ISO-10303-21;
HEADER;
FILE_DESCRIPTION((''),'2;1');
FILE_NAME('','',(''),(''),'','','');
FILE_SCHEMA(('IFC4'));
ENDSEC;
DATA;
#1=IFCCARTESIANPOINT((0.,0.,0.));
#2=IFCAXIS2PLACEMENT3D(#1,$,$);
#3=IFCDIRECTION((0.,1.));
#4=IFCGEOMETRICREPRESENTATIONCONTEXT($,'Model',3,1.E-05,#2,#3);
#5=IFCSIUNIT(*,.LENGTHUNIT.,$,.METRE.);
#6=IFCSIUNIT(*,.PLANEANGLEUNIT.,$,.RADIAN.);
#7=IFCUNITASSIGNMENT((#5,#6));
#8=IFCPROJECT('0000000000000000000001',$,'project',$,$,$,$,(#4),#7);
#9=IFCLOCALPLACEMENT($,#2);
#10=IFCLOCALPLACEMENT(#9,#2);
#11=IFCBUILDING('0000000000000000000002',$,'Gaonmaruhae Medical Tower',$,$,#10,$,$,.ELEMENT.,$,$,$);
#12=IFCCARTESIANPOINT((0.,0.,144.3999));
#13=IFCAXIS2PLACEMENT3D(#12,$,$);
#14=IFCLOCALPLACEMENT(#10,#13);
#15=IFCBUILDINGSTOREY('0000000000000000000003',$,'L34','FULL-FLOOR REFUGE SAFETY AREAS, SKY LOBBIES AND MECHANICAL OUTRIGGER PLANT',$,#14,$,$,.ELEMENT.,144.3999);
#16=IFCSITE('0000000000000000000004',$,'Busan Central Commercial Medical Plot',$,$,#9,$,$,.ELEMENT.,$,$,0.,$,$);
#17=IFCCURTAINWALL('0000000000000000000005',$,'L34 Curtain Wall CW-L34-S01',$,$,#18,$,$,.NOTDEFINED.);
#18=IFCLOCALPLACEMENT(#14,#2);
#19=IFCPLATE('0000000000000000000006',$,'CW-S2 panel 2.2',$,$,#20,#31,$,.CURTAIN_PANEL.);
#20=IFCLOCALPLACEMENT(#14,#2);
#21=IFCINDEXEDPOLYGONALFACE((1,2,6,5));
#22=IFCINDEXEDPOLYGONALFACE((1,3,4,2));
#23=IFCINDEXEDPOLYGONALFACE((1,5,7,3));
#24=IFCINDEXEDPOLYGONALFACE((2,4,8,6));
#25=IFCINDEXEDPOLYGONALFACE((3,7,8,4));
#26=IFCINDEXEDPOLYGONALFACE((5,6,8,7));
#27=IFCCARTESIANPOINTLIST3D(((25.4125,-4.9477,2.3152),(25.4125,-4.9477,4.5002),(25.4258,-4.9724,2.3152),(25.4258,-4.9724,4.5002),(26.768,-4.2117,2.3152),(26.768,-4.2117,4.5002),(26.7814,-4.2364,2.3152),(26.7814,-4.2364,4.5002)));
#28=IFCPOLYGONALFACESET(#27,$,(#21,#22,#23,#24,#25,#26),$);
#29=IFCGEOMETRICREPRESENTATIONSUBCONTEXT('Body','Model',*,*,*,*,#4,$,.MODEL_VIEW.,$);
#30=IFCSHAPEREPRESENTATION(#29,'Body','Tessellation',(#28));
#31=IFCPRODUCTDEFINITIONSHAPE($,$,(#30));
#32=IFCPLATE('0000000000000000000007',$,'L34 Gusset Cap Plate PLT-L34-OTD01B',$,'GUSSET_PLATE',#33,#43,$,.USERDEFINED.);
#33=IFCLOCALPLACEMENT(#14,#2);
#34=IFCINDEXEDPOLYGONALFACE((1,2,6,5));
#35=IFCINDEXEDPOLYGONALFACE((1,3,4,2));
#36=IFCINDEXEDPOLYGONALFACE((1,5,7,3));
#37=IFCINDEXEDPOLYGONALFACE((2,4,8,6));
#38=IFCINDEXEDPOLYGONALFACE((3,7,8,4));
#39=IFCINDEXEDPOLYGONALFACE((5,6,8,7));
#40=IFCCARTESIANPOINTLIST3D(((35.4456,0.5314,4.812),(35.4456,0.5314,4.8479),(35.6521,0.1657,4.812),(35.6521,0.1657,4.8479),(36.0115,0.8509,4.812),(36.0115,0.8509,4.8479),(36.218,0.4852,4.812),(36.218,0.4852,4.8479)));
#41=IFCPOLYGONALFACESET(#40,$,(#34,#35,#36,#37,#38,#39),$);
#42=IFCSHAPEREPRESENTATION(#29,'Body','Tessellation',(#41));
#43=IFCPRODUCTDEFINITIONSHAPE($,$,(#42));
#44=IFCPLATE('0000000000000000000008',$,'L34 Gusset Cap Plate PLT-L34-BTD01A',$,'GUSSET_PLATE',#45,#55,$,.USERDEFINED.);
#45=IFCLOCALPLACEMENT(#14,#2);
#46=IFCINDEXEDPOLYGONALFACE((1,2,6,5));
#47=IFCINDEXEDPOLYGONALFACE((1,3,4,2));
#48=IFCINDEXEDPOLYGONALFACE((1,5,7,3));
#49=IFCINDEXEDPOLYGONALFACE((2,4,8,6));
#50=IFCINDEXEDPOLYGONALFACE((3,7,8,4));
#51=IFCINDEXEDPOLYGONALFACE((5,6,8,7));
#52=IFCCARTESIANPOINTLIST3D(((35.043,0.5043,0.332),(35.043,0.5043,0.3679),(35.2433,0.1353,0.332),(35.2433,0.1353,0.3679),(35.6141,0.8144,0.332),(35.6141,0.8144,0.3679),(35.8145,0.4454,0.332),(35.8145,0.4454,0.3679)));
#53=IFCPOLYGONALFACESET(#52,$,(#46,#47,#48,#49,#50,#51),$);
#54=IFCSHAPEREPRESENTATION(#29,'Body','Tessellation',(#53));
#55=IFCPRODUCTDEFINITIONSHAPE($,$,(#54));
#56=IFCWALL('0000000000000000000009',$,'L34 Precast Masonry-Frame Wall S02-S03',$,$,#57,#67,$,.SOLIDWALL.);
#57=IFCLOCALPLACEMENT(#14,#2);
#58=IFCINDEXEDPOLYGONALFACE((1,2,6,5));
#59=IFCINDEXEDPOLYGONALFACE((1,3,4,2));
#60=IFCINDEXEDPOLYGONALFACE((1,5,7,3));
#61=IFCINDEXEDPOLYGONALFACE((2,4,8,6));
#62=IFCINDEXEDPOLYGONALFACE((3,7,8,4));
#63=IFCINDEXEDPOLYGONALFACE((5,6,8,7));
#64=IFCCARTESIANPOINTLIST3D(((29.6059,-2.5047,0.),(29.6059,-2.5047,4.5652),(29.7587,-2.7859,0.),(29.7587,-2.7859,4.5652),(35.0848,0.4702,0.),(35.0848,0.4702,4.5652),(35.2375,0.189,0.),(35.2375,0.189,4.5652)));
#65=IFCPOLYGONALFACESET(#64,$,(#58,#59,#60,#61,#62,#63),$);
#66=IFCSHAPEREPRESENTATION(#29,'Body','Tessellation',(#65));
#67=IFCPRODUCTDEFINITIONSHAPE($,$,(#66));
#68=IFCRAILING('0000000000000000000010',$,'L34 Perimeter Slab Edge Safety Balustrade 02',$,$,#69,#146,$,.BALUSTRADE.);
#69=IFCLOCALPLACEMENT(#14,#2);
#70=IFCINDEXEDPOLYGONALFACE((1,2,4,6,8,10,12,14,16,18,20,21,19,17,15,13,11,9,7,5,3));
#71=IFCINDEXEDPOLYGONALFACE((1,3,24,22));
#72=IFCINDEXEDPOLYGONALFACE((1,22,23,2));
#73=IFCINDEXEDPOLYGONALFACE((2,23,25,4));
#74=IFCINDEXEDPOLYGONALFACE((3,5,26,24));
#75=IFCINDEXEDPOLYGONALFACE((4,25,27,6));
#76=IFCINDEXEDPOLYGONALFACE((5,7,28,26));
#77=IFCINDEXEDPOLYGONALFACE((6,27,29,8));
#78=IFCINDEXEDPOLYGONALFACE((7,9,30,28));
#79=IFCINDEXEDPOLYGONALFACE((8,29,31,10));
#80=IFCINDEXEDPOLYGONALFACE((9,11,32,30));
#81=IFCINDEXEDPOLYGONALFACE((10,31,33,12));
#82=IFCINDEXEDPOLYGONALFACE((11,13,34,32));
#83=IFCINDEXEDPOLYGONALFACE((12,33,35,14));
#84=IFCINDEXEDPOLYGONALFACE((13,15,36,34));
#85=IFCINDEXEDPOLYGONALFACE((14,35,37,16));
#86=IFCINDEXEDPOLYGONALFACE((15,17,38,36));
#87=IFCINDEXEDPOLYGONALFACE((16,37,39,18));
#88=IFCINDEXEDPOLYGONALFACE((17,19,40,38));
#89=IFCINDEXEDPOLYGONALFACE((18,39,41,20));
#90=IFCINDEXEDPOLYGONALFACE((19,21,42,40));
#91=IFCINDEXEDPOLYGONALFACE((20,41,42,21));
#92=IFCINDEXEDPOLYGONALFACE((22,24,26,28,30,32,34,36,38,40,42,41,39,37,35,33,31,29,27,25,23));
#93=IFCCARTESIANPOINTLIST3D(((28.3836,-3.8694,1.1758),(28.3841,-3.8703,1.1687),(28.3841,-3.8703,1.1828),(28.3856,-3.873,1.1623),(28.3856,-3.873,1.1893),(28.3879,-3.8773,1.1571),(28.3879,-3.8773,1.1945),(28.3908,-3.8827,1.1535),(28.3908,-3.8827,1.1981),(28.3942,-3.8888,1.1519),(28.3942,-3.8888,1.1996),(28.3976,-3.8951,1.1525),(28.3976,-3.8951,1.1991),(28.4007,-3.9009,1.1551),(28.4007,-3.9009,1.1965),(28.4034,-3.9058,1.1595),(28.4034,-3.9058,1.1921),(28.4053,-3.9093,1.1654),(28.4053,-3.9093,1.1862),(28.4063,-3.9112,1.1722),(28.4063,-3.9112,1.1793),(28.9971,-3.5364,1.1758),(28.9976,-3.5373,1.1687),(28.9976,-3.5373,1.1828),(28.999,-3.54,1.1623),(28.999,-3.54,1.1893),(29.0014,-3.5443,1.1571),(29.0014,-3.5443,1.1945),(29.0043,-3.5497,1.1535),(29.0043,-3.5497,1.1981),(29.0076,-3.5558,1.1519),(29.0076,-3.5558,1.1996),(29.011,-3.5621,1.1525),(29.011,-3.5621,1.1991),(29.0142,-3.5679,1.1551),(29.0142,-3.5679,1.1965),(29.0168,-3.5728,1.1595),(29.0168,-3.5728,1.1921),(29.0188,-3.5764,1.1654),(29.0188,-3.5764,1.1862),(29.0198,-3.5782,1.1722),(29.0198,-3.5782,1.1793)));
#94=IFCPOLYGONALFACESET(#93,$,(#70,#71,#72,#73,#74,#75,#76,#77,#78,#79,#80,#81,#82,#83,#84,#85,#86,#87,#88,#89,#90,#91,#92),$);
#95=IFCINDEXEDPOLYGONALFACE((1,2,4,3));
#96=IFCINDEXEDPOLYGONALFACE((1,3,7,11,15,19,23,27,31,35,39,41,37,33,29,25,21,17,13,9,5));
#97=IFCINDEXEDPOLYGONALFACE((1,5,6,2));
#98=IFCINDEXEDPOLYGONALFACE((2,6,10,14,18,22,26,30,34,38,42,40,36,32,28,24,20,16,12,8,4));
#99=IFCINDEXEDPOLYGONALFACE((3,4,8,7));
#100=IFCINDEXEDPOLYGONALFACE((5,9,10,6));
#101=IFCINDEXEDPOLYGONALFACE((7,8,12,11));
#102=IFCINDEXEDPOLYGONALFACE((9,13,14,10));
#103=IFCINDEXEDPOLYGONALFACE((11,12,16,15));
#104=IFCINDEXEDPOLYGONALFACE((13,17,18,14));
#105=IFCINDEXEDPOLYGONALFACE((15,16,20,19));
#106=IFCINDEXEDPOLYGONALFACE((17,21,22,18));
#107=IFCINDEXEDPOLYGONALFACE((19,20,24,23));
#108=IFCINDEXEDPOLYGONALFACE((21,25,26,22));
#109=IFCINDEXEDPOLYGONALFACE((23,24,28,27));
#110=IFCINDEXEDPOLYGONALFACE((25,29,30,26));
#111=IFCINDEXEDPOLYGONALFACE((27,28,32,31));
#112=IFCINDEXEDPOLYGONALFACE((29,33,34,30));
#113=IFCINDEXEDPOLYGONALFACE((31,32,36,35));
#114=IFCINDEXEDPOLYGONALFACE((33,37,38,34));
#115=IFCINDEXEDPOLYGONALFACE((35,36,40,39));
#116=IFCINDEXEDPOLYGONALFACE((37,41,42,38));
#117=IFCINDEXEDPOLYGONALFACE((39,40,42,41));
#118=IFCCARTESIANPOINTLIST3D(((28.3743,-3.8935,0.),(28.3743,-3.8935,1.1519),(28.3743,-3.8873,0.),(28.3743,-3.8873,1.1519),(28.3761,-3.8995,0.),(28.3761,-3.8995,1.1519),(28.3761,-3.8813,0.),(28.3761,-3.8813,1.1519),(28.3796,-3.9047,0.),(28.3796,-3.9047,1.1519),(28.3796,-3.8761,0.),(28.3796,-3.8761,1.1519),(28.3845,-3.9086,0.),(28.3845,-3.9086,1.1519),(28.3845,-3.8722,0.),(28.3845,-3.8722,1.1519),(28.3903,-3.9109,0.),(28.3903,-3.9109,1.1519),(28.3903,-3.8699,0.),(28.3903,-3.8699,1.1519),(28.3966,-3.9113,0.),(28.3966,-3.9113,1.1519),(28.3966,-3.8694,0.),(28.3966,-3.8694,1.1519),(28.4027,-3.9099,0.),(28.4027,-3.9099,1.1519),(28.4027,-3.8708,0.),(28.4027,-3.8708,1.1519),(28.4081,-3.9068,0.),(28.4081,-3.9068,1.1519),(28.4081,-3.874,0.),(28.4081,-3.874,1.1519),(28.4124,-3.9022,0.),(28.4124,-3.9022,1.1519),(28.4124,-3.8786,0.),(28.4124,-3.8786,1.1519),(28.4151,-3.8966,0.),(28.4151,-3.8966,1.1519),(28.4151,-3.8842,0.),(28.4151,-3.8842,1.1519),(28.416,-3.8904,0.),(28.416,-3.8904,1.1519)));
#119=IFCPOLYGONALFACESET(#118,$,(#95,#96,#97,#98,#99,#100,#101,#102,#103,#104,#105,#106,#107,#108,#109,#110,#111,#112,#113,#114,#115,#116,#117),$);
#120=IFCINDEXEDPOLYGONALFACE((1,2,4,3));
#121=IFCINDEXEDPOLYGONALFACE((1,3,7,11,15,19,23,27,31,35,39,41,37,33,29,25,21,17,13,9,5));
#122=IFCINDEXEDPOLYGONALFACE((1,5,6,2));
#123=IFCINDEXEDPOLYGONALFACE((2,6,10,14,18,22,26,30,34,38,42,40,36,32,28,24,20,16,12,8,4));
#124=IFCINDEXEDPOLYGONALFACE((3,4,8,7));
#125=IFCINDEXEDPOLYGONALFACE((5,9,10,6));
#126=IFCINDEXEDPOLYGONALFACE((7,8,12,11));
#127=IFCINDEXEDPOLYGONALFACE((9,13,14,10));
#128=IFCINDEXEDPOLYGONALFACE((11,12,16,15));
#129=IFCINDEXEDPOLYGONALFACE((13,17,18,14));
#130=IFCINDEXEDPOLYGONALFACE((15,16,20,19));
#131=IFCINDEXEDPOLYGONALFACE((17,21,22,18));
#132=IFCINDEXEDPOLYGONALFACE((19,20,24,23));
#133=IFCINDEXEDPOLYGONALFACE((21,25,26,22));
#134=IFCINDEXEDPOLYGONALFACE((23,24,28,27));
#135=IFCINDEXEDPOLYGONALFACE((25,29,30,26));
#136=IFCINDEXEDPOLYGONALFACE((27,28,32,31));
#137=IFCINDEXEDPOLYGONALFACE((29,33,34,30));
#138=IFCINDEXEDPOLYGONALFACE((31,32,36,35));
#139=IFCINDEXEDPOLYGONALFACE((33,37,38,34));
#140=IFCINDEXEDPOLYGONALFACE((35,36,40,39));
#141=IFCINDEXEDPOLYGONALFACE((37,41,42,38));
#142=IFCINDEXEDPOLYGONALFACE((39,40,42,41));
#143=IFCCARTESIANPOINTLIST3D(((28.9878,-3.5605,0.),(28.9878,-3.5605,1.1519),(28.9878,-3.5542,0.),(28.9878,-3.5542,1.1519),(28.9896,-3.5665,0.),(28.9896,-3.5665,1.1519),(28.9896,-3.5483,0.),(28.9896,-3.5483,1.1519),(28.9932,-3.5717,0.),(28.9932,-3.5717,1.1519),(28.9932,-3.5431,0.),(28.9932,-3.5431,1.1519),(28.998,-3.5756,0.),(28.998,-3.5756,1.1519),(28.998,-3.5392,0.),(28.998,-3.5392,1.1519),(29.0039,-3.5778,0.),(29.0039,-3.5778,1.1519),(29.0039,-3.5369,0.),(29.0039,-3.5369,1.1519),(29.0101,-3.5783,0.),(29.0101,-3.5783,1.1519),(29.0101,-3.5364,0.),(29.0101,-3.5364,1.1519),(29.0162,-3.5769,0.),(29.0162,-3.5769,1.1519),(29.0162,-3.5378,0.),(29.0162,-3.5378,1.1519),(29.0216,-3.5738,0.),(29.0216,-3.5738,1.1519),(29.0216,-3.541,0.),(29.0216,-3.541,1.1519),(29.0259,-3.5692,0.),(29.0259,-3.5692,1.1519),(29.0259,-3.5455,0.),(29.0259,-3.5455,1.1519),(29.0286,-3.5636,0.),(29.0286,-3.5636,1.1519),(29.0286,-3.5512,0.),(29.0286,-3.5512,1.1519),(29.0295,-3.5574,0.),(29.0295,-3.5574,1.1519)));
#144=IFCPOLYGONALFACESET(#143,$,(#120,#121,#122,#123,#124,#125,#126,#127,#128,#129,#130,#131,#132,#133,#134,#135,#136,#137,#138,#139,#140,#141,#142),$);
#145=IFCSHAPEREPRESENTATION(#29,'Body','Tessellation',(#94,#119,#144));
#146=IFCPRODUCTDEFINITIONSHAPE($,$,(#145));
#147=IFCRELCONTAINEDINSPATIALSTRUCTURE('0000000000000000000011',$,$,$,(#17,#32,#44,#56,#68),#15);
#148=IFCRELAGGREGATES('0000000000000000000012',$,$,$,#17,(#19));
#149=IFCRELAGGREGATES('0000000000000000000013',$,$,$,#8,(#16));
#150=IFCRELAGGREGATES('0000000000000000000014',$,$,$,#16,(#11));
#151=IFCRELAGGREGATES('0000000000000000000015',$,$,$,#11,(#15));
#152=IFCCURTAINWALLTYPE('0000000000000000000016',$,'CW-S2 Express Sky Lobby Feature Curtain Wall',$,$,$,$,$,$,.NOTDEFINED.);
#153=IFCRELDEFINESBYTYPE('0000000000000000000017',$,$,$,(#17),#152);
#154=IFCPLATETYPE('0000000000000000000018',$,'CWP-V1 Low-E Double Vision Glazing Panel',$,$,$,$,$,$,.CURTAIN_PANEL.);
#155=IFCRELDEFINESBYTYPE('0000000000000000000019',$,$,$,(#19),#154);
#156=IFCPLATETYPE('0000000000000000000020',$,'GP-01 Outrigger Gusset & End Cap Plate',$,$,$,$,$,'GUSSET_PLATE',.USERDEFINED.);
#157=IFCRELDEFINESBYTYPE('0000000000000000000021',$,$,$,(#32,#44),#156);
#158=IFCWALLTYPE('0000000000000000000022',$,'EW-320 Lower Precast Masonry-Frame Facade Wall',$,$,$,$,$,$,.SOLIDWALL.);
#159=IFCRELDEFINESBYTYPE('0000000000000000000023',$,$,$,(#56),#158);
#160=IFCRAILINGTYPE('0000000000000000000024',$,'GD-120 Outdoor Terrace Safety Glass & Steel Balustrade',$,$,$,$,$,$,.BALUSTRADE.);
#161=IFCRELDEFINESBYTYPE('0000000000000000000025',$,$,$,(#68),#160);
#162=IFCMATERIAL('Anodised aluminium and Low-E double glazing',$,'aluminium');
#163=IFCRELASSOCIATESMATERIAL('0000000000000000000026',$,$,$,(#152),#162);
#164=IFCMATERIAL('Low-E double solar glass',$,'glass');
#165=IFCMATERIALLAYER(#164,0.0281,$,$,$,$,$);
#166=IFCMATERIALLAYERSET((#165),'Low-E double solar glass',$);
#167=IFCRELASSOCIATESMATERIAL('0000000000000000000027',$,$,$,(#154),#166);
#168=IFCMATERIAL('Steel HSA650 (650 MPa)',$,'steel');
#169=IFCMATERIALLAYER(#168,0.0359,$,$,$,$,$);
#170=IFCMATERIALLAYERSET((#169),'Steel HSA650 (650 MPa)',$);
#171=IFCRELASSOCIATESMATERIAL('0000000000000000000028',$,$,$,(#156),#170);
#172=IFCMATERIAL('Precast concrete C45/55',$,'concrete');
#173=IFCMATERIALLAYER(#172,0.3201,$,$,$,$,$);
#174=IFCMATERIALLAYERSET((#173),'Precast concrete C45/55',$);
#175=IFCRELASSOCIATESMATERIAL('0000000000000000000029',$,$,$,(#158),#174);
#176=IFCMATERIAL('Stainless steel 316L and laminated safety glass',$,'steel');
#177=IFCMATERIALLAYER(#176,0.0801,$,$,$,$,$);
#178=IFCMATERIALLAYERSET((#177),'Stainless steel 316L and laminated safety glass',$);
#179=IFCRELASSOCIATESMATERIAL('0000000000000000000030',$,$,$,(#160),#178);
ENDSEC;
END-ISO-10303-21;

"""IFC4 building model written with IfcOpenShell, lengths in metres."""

from ifc_helpers import new_model, si_unit, direction, frame, frame_2d, origin, origin_2d, place, context, subcontext, project, spatial, rectangle, circle, extrude, material, layer, layer_set, type_object, element, aggregate, save


model = new_model("IFC4")

# Units and contexts
model_context = context("Model", 3, precision=1e-05, world=origin(), true_north=direction((0.0, 1.0)))
body_context = subcontext(model_context, "Body", "Model", "MODEL_VIEW")
ifc_project = project(units=[si_unit("LENGTHUNIT", "METRE"), si_unit("PLANEANGLEUNIT", "RADIAN")], contexts=[model_context])

# Site, building, storey
site_placement = place(None, origin())
site = spatial("IfcSite", under=ifc_project, at=site_placement, Name="Busan Central Commercial Medical Plot", CompositionType="ELEMENT", RefElevation=0.0)
building_placement = place(site_placement, origin())
building = spatial("IfcBuilding", under=site, at=building_placement, Name="Gaonmaruhae Medical Tower", CompositionType="ELEMENT")
storey_placement = place(building_placement, frame((0.0, 0.0, 144.3999)))
storey = spatial("IfcBuildingStorey", under=building, at=storey_placement, Name="L34", Description="FULL-FLOOR REFUGE SAFETY AREAS, SKY LOBBIES AND MECHANICAL OUTRIGGER PLANT", CompositionType="ELEMENT", Elevation=144.3999)

# Shared definitions
ifc_material_1 = material(Name="Steel HSA650 (650 MPa)", Category="steel")

# Curtain wall
ifc_material_2 = material(Name="Anodised aluminium and Low-E double glazing", Category="aluminium")
curtain_wall_type = type_object("IfcCurtainWallType", Name="CW-S2 Express Sky Lobby Feature Curtain Wall", PredefinedType="NOTDEFINED", material=ifc_material_2)
curtain_wall_placement = place(storey_placement, origin())
curtain_wall = element("IfcCurtainWall", 1, at=curtain_wall_placement, inside=storey, type_object=curtain_wall_type, Name="L34 Curtain Wall CW-L34-S01", PredefinedType="NOTDEFINED")

# Plate
ifc_material_3 = material(Name="Low-E double solar glass", Category="glass")
ifc_layer_1 = layer(ifc_material_3, 0.0281)
ifc_layer_set_1 = layer_set([ifc_layer_1], Name="Low-E double solar glass")
plate_type_1 = type_object("IfcPlateType", Name="CWP-V1 Low-E Double Vision Glazing Panel", PredefinedType="CURTAIN_PANEL", material=ifc_layer_set_1)
plate_1_placement = place(storey_placement, frame((26.0969, -4.592, 2.3152), z_axis=(0.0, 0.0, 1.0), x_axis=(-0.878811, -0.477169, 0.0)))
plate_1 = element("IfcPlate", 2, at=plate_1_placement, type_object=plate_type_1, Name="CW-S2 panel 2.2", PredefinedType="CURTAIN_PANEL", context=body_context, shape_type="SweptSolid", body=[
    extrude(rectangle(XDim=1.5425, YDim=0.0281, at=origin_2d()), origin(), (0.0, 0.0, 1.0), 2.1851),
])
aggregate(curtain_wall, [plate_1])

# Plates
ifc_layer_2 = layer(ifc_material_1, 0.0359)
ifc_layer_set_2 = layer_set([ifc_layer_2], Name="Steel HSA650 (650 MPa)")
plate_type_2 = type_object("IfcPlateType", Name="GP-01 Outrigger Gusset & End Cap Plate", ElementType="GUSSET_PLATE", PredefinedType="USERDEFINED", material=ifc_layer_set_2)
for number, where, z_axis, x_axis, name in (
    (3, (35.8318, 0.5083, 4.812), (0.0, 0.0, 1.0), (0.870785, 0.491664, 0.0), "L34 Gusset Cap Plate PLT-L34-OTD01B"),
    (4, (35.4287, 0.4749, 0.332), (0.0, 0.0, 1.0), (0.878817, 0.477159, 0.0), "L34 Gusset Cap Plate PLT-L34-BTD01A"),
):
    element("IfcPlate", number, at=place(storey_placement, frame(where, z_axis=z_axis, x_axis=x_axis)), inside=storey, type_object=plate_type_2, Name=name, ObjectType="GUSSET_PLATE", PredefinedType="USERDEFINED", context=body_context, shape_type="SweptSolid", body=[
        extrude(rectangle(XDim=0.6499, YDim=0.4199, at=origin_2d()), origin(), (0.0, 0.0, 1.0), 0.0359),
    ])

# Wall
ifc_material_4 = material(Name="Precast concrete C45/55", Category="concrete")
ifc_layer_3 = layer(ifc_material_4, 0.3201)
ifc_layer_set_3 = layer_set([ifc_layer_3], Name="Precast concrete C45/55")
wall_type = type_object("IfcWallType", Name="EW-320 Lower Precast Masonry-Frame Facade Wall", PredefinedType="SOLIDWALL", material=ifc_layer_set_3)
wall_placement = place(storey_placement, frame((35.1611, 0.3296, 0.0), z_axis=(0.0, 0.0, 1.0), x_axis=(-0.878808, -0.477175, 0.0)))
element("IfcWall", 5, at=wall_placement, inside=storey, type_object=wall_type, Name="L34 Precast Masonry-Frame Wall S02-S03", PredefinedType="SOLIDWALL", context=body_context, shape_type="SweptSolid", body=[
    extrude(rectangle(XDim=6.2344, YDim=0.3201, at=frame_2d((3.1172, 0.0))), origin(), (0.0, 0.0, 1.0), 4.5652),
])

# Railing
ifc_material_5 = material(Name="Stainless steel 316L and laminated safety glass", Category="steel")
ifc_layer_4 = layer(ifc_material_5, 0.0801)
ifc_layer_set_4 = layer_set([ifc_layer_4], Name="Stainless steel 316L and laminated safety glass")
railing_type = type_object("IfcRailingType", Name="GD-120 Outdoor Terrace Safety Glass & Steel Balustrade", PredefinedType="BALUSTRADE", material=ifc_layer_set_4)
railing_1_placement = place(storey_placement, frame((28.395, -3.8904, 0.0)))
element("IfcRailing", 6, at=railing_1_placement, inside=storey, type_object=railing_type, Name="L34 Perimeter Slab Edge Safety Balustrade 02", PredefinedType="BALUSTRADE", context=body_context, shape_type="SweptSolid", body=[
    extrude(circle(Radius=0.0239, at=origin_2d()), frame((0.0, 0.0, 1.1758), z_axis=(0.878883, 0.477038, 0.0), x_axis=(-0.477038, 0.878883, 0.0)), (0.0, 0.0, 1.0), 0.698),
    extrude(circle(Radius=0.021, at=origin_2d()), origin(), (0.0, 0.0, 1.0), 1.1519),
    extrude(circle(Radius=0.021, at=origin_2d()), frame((0.6135, 0.333, 0.0)), (0.0, 0.0, 1.0), 1.1519),
])

save(model, "model.ifc")
